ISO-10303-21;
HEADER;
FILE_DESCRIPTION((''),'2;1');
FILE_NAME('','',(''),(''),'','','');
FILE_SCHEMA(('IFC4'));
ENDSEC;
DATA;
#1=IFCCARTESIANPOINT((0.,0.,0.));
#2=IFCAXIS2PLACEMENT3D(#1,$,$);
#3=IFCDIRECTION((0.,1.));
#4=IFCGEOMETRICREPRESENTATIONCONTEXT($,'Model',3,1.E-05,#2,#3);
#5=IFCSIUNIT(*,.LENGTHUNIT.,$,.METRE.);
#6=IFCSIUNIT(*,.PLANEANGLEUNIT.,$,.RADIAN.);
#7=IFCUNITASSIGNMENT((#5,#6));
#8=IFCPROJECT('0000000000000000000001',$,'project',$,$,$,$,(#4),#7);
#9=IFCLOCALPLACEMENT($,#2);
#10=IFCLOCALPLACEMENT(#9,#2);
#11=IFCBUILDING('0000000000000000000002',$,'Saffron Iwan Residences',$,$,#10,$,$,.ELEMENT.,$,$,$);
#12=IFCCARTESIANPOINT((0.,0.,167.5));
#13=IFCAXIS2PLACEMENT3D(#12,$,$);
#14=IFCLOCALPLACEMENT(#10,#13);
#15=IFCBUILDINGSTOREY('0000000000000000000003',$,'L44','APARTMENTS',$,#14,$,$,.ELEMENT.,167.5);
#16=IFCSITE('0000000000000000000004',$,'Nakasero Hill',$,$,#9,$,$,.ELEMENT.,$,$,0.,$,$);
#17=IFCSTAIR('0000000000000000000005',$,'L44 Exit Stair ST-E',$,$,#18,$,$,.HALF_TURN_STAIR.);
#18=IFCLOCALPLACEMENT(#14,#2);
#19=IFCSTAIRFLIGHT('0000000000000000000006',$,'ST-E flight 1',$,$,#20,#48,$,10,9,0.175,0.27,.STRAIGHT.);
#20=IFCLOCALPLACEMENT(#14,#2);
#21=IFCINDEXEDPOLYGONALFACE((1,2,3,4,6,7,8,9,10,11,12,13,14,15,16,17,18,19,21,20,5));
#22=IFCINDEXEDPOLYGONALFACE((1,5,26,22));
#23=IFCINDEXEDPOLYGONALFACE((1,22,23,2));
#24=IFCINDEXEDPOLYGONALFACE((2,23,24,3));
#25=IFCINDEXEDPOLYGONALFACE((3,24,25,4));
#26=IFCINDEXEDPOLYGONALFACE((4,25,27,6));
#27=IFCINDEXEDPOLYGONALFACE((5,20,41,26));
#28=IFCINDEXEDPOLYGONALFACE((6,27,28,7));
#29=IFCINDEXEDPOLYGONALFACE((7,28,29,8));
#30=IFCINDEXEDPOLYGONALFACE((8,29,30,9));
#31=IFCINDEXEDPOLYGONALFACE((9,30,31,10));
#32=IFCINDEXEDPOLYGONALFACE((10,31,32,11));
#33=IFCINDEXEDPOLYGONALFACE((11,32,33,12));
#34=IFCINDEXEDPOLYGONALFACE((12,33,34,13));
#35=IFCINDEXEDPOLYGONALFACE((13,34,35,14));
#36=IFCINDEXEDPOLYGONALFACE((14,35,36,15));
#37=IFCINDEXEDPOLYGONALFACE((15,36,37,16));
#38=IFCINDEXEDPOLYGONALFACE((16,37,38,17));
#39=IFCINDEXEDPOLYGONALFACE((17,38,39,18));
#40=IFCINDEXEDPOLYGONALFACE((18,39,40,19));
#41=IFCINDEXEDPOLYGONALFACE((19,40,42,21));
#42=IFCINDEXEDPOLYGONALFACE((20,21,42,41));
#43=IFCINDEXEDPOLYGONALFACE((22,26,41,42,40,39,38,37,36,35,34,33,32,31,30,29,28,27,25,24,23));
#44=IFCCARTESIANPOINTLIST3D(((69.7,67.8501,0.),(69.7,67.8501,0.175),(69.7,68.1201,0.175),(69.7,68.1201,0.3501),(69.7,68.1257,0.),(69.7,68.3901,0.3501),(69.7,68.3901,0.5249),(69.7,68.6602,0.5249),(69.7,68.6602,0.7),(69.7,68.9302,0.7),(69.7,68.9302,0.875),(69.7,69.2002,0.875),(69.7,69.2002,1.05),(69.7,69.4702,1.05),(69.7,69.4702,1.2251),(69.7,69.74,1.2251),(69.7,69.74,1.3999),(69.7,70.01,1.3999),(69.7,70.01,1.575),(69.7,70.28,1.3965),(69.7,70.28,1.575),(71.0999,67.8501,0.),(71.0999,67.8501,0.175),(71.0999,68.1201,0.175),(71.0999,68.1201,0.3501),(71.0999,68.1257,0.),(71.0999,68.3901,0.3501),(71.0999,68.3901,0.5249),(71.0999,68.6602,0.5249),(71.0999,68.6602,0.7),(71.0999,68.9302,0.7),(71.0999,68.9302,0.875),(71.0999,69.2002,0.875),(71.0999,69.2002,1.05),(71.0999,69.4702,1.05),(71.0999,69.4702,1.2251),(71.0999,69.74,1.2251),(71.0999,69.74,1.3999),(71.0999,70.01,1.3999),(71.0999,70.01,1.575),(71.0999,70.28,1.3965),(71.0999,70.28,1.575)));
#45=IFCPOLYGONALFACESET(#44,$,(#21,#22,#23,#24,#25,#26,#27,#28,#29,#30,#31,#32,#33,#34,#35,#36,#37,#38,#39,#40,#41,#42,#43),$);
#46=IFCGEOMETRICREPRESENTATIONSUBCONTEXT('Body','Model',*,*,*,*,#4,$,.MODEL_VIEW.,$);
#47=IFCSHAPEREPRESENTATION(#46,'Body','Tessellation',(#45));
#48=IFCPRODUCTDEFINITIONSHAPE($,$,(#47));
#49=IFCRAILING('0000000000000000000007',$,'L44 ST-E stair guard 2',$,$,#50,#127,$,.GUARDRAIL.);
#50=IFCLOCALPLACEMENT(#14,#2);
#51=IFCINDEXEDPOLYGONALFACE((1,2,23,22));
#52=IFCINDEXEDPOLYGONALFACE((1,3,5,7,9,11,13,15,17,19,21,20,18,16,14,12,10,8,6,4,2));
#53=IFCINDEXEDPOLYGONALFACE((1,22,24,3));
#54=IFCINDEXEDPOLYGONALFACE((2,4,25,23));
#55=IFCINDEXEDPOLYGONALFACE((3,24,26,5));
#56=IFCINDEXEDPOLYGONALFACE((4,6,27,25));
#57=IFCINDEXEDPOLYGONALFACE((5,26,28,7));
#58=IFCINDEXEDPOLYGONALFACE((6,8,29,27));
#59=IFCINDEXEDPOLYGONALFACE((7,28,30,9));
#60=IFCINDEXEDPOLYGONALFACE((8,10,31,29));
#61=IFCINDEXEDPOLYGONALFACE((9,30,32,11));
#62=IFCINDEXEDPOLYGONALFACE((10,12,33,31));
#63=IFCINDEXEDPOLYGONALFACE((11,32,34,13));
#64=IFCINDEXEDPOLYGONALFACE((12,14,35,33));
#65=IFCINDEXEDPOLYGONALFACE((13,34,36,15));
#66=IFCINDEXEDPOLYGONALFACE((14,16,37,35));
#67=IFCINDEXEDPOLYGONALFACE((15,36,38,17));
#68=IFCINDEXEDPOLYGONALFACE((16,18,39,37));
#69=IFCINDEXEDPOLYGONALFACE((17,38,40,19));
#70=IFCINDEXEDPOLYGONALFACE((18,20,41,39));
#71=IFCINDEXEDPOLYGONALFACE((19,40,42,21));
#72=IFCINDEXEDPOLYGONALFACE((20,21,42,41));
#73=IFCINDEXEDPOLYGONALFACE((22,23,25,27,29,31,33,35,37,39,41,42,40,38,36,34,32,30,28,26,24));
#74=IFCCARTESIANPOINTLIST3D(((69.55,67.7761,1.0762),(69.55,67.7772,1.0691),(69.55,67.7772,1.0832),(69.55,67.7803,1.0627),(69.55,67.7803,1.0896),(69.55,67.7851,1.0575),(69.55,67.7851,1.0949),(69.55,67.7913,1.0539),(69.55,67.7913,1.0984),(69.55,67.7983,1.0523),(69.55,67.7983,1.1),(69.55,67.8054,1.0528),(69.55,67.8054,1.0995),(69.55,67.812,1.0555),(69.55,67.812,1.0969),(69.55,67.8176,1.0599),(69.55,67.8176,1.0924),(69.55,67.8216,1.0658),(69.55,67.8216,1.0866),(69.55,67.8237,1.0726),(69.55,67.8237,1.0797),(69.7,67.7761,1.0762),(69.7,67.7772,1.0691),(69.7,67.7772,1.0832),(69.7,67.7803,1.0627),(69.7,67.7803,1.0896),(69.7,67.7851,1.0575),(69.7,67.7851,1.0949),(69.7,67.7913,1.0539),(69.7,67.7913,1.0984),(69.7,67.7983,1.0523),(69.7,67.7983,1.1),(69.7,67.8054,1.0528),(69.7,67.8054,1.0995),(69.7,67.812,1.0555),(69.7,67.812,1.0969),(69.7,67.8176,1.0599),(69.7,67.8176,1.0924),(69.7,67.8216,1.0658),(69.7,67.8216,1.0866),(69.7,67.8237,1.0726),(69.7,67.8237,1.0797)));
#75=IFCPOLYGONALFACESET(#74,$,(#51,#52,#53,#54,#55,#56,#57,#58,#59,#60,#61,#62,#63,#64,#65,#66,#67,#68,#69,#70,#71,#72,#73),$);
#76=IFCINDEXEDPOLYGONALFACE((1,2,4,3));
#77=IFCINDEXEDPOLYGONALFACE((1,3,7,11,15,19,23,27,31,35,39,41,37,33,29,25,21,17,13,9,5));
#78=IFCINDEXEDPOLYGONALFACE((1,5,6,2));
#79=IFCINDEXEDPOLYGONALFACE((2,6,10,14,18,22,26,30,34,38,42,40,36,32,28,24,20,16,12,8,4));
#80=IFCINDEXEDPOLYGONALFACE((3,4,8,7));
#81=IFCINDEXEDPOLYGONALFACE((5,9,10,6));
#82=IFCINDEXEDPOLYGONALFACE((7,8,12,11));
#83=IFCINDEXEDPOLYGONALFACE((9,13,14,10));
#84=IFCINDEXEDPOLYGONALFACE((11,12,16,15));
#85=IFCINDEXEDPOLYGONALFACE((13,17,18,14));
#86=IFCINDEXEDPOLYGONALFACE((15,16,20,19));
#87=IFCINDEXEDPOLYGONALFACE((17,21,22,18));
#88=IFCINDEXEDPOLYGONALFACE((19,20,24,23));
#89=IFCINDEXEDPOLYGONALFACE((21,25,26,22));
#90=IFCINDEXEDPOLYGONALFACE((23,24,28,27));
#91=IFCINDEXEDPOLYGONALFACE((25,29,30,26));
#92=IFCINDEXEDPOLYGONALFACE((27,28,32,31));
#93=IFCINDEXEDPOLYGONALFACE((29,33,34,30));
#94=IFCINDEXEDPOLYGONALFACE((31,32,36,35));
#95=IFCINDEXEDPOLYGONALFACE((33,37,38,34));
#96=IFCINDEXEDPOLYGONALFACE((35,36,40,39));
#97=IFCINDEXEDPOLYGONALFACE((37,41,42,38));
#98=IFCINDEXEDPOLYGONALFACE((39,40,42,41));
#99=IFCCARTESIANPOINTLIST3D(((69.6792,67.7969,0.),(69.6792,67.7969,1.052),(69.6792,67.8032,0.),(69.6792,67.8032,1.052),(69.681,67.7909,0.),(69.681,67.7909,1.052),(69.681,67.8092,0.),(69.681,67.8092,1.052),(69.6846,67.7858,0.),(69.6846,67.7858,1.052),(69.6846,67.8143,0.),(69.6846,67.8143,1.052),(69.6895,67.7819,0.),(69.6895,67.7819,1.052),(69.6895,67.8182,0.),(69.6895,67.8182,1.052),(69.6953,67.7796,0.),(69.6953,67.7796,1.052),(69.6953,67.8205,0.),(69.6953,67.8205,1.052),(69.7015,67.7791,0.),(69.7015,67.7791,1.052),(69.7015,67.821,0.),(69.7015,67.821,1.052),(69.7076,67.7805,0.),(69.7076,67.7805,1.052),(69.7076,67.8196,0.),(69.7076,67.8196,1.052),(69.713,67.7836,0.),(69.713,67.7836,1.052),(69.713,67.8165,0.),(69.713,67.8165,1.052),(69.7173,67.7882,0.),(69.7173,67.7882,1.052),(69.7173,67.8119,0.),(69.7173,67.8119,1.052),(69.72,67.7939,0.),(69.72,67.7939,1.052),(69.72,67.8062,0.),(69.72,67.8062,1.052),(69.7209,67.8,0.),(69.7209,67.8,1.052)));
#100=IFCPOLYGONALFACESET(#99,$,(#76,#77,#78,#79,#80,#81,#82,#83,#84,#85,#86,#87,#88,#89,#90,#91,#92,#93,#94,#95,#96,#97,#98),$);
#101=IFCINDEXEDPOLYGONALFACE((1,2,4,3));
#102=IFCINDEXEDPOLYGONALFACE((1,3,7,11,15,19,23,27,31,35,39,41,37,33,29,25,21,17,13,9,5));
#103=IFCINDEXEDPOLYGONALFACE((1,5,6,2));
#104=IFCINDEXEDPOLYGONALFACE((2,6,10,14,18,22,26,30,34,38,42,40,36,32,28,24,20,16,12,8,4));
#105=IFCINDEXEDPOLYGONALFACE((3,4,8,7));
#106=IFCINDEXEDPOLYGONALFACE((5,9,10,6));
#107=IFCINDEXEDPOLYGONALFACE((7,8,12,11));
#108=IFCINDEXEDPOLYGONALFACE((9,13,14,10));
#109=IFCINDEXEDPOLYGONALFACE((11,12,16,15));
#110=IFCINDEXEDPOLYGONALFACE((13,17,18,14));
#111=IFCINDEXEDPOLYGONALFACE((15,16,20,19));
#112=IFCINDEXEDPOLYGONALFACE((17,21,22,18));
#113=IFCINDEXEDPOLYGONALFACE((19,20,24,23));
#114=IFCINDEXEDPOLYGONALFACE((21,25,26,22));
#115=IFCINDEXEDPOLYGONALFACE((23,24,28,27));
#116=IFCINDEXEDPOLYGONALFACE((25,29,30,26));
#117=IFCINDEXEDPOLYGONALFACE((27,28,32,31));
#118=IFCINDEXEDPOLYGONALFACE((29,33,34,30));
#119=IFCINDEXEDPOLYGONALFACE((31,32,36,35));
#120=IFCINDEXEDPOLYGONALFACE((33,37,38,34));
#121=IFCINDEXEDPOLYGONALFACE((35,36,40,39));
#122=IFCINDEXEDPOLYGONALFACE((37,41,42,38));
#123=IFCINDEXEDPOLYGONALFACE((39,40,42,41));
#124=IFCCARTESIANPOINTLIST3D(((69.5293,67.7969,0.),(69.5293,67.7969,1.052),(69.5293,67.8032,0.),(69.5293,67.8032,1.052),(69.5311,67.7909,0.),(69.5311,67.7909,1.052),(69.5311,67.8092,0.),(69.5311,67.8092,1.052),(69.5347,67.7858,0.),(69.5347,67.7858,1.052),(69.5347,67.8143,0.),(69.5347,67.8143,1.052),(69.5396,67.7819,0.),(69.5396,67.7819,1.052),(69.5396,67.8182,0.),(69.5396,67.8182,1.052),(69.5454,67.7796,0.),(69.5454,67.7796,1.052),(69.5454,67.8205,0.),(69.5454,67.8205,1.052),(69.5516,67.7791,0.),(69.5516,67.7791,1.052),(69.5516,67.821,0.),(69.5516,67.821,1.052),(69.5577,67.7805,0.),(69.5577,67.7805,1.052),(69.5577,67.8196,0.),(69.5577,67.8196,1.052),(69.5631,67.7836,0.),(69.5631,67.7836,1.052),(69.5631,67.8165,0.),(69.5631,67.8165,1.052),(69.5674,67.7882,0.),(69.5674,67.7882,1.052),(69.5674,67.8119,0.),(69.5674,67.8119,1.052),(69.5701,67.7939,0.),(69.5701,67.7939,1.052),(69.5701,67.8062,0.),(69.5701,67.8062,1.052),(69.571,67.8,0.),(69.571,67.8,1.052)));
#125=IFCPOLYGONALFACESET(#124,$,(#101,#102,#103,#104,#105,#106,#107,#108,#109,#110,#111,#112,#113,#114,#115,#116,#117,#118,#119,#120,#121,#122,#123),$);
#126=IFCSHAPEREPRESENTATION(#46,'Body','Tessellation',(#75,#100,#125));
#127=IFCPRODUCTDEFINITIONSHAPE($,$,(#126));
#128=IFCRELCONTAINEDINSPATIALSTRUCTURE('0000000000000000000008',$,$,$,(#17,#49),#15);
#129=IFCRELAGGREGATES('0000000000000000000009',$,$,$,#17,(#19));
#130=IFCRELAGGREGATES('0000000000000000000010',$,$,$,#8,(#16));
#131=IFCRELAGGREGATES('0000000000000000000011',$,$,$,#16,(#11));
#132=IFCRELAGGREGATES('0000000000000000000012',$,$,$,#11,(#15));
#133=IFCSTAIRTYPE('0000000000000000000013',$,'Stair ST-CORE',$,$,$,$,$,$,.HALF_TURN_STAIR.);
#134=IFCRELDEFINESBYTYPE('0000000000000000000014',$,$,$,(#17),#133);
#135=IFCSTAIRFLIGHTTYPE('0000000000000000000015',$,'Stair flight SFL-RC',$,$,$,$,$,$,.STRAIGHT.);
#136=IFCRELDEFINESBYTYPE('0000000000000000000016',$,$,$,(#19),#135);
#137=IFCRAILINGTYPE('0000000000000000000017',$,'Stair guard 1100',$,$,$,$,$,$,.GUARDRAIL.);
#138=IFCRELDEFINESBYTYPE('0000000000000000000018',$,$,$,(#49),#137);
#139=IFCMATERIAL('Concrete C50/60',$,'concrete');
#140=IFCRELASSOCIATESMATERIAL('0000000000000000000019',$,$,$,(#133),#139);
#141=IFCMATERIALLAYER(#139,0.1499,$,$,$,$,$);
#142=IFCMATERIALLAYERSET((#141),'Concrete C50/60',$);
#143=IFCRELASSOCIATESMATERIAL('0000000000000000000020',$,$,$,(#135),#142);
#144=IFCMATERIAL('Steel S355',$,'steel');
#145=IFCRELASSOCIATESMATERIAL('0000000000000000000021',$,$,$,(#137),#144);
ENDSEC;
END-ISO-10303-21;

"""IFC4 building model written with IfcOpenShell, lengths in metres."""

from ifc_helpers import new_model, si_unit, direction, frame, origin, origin_2d, place, context, subcontext, project, spatial, polyline, circle, outline, extrude, material, layer, layer_set, type_object, element, aggregate, save


model = new_model("IFC4")

# Units and contexts
model_context = context("Model", 3, precision=1e-05, world=origin(), true_north=direction((0.0, 1.0)))
body_context = subcontext(model_context, "Body", "Model", "MODEL_VIEW")
ifc_project = project(units=[si_unit("LENGTHUNIT", "METRE"), si_unit("PLANEANGLEUNIT", "RADIAN")], contexts=[model_context])

# Site, building, storey
site_placement = place(None, origin())
site = spatial("IfcSite", under=ifc_project, at=site_placement, Name="Nakasero Hill", CompositionType="ELEMENT", RefElevation=0.0)
building_placement = place(site_placement, origin())
building = spatial("IfcBuilding", under=site, at=building_placement, Name="Saffron Iwan Residences", CompositionType="ELEMENT")
storey_placement = place(building_placement, frame((0.0, 0.0, 167.5)))
storey = spatial("IfcBuildingStorey", under=building, at=storey_placement, Name="L44", Description="APARTMENTS", CompositionType="ELEMENT", Elevation=167.5)

# Shared definitions
ifc_material_1 = material(Name="Concrete C50/60", Category="concrete")

# Stair, stair flight
stair_type = type_object("IfcStairType", Name="Stair ST-CORE", PredefinedType="HALF_TURN_STAIR", material=ifc_material_1)
stair_placement = place(storey_placement, origin())
stair = element("IfcStair", 1, at=stair_placement, inside=storey, type_object=stair_type, Name="L44 Exit Stair ST-E", PredefinedType="HALF_TURN_STAIR")
ifc_layer_1 = layer(ifc_material_1, 0.1499)
ifc_layer_set_1 = layer_set([ifc_layer_1], Name="Concrete C50/60")
stair_flight_type = type_object("IfcStairFlightType", Name="Stair flight SFL-RC", PredefinedType="STRAIGHT", material=ifc_layer_set_1)
stair_flight_placement = place(storey_placement, frame((70.3999, 67.8501, 0.0), z_axis=(0.0, 0.0, 1.0), x_axis=(0.0, 1.0, 0.0)))
stair_flight = element("IfcStairFlight", 2, at=stair_flight_placement, type_object=stair_flight_type, Name="ST-E flight 1", NumberOfRisers=10, NumberOfTreads=9, PredefinedType="STRAIGHT", RiserHeight=0.175, TreadLength=0.27, context=body_context, shape_type="SweptSolid", body=[
    extrude(outline(polyline([(0.0, 0.0), (0.0, 0.175), (0.27, 0.175), (0.27, 0.3501), (0.54, 0.3501), (0.54, 0.5249), (0.8101, 0.5249), (0.8101, 0.7), (1.0801, 0.7), (1.0801, 0.875), (1.3501, 0.875), (1.3501, 1.05), (1.6201, 1.05), (1.6201, 1.2251), (1.8899, 1.2251), (1.8899, 1.3999), (2.1599, 1.3999), (2.1599, 1.575), (2.4299, 1.575), (2.4299, 1.75), (2.4299, 1.3965), (0.2756, 0.0), (0.0, 0.0)])), frame((0.0, 0.7, 0.0), z_axis=(0.0, -1.0, 0.0), x_axis=(1.0, 0.0, 0.0)), (0.0, 0.0, 1.0), 1.3999),
])
aggregate(stair, [stair_flight])

# Railing
ifc_material_2 = material(Name="Steel S355", Category="steel")
railing_type_1 = type_object("IfcRailingType", Name="Stair guard 1100", PredefinedType="GUARDRAIL", material=ifc_material_2)
railing_1_placement = place(storey_placement, frame((69.7, 67.8, 0.0)))
element("IfcRailing", 3, at=railing_1_placement, inside=storey, type_object=railing_type_1, Name="L44 ST-E stair guard 2", PredefinedType="GUARDRAIL", context=body_context, shape_type="SweptSolid", body=[
    extrude(circle(Radius=0.0239, at=origin_2d()), frame((0.0, 0.0, 1.0762), z_axis=(-1.0, 0.0, 0.0), x_axis=(0.0, -1.0, 0.0)), (0.0, 0.0, 1.0), 0.1499),
    extrude(circle(Radius=0.021, at=origin_2d()), origin(), (0.0, 0.0, 1.0), 1.052),
    extrude(circle(Radius=0.021, at=origin_2d()), frame((-0.1499, 0.0, 0.0)), (0.0, 0.0, 1.0), 1.052),
])

save(model, "model.ifc")
